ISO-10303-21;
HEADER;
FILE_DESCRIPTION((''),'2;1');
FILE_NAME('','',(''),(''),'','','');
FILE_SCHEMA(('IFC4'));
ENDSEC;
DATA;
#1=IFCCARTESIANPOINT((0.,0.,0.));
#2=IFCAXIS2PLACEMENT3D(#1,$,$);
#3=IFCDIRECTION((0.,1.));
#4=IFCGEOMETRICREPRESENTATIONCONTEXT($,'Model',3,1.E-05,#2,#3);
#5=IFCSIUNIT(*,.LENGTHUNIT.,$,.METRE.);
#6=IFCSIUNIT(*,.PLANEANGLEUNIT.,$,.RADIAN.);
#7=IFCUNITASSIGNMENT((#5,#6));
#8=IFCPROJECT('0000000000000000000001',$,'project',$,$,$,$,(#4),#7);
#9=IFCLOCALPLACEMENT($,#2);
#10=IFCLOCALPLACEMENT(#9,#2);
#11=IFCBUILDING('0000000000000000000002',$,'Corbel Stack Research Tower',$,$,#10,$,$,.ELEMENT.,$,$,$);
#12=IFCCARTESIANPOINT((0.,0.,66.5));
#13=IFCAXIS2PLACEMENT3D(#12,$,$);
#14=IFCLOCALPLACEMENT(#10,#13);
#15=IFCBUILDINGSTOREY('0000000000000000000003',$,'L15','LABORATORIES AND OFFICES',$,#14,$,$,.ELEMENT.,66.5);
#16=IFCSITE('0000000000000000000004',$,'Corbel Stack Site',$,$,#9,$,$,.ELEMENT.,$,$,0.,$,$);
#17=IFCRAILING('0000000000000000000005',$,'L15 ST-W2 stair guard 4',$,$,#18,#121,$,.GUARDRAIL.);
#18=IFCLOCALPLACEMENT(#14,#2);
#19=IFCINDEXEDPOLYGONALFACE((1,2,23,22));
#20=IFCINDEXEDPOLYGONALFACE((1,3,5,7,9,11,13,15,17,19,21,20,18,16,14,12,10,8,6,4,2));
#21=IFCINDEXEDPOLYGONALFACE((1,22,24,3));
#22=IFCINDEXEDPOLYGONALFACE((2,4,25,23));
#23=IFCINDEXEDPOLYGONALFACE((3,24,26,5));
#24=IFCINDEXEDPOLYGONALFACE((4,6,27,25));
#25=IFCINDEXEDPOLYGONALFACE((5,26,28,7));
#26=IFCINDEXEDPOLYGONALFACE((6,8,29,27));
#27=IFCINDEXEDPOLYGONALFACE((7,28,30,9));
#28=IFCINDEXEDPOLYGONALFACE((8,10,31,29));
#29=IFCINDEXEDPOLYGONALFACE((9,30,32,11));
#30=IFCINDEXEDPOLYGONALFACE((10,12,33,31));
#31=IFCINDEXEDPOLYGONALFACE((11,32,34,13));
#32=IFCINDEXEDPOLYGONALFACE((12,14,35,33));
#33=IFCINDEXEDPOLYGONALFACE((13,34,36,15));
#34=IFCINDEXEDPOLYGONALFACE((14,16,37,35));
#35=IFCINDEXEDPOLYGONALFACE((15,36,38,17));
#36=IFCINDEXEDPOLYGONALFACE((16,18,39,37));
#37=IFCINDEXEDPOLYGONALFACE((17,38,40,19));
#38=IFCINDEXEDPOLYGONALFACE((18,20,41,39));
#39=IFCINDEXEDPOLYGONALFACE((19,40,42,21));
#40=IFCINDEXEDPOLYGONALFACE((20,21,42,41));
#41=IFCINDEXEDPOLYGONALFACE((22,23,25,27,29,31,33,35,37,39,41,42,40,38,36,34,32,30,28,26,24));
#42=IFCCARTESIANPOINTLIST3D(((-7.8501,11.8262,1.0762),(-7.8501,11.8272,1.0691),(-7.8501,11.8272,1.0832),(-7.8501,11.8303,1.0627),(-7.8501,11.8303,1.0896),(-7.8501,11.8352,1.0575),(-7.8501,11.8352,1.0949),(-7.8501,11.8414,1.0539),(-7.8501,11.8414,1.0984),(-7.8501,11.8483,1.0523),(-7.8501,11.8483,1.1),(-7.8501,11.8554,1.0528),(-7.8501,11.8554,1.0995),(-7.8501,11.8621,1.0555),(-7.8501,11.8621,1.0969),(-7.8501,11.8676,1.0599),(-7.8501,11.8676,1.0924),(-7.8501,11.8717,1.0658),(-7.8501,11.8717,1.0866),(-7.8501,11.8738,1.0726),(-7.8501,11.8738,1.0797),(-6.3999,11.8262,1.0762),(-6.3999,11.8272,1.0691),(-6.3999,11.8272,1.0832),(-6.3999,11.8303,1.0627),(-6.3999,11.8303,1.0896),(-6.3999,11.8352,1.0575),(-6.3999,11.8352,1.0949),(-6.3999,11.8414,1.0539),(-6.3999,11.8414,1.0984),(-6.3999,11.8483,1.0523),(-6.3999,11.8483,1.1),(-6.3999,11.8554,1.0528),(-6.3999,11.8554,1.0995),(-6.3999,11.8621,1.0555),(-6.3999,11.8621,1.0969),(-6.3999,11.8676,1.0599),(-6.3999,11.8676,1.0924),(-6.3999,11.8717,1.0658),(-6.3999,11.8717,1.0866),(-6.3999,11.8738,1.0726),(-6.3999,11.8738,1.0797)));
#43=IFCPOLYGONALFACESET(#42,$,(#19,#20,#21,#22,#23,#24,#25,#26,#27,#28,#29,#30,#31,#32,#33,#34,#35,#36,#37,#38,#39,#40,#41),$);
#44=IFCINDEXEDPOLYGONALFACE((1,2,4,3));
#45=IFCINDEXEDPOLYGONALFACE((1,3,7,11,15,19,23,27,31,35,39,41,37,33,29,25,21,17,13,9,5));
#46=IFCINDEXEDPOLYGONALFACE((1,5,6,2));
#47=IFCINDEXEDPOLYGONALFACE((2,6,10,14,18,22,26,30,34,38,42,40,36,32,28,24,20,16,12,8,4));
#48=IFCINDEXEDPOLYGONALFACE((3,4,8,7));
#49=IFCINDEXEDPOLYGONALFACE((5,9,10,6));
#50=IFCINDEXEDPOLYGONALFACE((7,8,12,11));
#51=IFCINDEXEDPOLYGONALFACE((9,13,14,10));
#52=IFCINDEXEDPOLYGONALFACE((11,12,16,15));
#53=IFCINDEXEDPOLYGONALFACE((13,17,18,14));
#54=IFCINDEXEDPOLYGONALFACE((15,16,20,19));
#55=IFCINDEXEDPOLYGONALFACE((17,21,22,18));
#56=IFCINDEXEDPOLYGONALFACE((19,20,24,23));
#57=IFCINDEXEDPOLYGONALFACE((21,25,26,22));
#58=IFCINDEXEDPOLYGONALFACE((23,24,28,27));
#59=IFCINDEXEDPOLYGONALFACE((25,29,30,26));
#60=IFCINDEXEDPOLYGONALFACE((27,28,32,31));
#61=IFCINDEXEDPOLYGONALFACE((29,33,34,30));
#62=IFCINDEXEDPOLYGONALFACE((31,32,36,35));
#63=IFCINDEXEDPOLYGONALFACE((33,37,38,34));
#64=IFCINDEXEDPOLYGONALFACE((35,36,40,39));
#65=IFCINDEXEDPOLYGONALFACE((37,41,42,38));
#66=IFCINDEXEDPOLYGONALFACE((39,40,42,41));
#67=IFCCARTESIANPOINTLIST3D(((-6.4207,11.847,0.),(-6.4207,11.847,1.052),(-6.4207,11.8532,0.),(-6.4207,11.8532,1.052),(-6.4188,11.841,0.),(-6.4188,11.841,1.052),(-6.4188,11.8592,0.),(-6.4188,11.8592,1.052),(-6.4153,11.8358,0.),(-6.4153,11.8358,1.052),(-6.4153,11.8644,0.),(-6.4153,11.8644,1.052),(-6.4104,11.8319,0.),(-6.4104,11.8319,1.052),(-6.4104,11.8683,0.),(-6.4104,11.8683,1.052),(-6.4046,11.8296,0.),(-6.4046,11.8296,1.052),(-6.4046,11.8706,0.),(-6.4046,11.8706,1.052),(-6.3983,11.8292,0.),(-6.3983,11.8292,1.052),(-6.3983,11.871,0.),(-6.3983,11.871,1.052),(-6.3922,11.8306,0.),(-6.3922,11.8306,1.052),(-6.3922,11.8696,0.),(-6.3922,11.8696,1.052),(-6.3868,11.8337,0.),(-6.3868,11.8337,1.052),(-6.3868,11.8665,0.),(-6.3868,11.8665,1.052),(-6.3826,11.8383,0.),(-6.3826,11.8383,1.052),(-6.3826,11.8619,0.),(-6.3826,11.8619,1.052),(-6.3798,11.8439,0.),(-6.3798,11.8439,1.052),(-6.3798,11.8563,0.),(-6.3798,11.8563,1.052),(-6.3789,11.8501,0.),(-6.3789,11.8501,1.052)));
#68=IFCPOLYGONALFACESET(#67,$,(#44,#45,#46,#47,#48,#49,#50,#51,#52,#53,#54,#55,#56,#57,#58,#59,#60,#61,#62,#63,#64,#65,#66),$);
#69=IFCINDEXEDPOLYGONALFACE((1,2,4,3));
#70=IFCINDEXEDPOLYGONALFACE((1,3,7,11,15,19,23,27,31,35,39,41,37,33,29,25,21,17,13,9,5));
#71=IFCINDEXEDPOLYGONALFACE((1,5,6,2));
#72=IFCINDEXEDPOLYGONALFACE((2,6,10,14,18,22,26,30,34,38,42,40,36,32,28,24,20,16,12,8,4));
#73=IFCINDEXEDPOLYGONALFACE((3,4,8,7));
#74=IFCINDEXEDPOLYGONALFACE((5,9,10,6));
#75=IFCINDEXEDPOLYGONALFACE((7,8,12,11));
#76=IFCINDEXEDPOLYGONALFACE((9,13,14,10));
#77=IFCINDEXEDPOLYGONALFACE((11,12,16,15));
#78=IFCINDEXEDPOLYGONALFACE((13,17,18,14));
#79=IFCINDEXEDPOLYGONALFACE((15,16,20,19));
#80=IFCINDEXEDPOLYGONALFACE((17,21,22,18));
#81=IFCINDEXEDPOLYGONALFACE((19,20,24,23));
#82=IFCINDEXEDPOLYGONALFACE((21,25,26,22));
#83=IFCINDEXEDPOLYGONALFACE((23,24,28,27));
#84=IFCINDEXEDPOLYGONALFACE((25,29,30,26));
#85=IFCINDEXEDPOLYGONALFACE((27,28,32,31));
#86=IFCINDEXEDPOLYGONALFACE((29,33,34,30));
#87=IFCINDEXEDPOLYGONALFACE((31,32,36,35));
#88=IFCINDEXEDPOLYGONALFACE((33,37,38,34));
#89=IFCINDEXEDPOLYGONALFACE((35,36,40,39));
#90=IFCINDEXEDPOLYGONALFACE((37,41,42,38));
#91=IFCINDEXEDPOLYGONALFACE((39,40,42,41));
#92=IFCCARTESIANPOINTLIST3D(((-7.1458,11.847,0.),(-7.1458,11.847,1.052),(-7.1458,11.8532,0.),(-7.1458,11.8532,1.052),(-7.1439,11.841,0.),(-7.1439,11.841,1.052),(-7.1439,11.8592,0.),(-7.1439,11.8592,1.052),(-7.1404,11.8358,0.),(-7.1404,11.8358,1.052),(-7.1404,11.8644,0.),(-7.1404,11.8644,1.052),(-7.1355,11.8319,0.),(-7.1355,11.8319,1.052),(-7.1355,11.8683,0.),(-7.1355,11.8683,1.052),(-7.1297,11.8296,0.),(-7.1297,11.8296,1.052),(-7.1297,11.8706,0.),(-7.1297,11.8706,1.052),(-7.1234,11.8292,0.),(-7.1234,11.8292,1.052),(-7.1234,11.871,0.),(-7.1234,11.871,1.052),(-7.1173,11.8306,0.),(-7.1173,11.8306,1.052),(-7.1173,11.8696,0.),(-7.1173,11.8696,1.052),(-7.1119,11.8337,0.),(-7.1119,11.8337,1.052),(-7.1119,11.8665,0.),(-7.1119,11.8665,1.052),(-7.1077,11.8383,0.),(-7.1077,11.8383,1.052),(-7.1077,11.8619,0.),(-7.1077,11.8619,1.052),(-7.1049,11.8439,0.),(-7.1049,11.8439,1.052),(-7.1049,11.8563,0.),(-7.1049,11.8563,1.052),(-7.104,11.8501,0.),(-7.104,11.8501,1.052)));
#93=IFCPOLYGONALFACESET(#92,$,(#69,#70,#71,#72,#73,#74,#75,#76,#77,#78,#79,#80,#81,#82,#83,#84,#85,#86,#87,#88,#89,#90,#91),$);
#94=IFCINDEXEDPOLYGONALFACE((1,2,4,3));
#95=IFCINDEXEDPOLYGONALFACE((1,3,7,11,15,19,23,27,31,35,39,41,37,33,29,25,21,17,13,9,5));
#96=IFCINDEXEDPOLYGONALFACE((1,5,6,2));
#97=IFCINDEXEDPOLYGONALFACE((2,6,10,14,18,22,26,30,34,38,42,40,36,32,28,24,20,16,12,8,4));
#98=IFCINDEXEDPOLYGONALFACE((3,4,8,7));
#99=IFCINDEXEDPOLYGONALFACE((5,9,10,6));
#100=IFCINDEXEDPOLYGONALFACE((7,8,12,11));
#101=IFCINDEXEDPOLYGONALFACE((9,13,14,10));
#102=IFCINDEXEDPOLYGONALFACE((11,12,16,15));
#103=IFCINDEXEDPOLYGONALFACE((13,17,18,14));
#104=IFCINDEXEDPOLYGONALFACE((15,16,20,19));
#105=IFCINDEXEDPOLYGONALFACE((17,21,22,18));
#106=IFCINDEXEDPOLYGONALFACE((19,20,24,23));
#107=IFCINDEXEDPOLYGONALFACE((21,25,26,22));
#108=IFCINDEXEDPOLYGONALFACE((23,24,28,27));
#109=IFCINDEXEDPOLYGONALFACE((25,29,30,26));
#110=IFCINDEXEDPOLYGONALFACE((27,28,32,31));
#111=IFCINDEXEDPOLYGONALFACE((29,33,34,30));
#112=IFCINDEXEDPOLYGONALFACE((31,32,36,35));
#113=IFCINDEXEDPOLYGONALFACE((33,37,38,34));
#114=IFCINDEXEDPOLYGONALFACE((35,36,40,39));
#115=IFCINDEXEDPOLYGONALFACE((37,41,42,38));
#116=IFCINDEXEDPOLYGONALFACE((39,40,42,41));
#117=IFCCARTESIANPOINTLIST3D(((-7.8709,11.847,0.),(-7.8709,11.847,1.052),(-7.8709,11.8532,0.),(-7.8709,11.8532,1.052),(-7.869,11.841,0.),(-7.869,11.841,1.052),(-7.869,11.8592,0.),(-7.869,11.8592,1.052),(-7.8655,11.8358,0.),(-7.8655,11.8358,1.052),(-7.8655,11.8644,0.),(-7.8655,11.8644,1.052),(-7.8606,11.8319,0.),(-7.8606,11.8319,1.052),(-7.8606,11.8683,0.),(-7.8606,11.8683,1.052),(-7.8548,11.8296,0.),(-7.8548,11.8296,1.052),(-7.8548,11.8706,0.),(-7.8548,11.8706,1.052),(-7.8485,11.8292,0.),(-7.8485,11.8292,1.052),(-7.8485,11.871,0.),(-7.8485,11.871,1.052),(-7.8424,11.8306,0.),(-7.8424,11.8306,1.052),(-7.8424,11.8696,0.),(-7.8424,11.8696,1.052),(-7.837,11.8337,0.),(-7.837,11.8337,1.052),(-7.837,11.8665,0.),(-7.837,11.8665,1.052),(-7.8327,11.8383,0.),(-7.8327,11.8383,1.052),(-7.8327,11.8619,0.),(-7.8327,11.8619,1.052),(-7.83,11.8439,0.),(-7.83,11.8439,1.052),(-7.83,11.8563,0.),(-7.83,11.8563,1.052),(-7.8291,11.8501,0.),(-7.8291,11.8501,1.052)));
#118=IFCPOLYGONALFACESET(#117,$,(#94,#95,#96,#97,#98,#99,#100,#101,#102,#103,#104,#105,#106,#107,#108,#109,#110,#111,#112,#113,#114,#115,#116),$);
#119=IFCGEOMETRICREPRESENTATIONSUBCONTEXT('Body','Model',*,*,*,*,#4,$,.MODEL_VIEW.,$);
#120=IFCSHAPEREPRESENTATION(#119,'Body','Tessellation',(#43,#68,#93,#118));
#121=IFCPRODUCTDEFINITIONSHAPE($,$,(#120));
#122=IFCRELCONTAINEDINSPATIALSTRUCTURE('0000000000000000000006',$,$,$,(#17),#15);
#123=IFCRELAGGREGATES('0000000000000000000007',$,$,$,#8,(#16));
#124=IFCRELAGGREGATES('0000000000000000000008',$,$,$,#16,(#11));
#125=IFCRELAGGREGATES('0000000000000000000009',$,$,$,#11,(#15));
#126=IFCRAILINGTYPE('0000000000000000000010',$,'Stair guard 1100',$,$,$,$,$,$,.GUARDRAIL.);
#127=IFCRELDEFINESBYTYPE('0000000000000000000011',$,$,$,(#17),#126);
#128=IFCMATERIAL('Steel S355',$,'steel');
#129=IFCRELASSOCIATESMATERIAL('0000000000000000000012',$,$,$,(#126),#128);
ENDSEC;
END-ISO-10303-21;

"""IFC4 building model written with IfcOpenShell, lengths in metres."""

from ifc_helpers import new_model, si_unit, direction, frame, origin, origin_2d, place, context, subcontext, project, spatial, circle, extrude, material, type_object, element, save


model = new_model("IFC4")

# Units and contexts
model_context = context("Model", 3, precision=1e-05, world=origin(), true_north=direction((0.0, 1.0)))
body_context = subcontext(model_context, "Body", "Model", "MODEL_VIEW")
ifc_project = project(units=[si_unit("LENGTHUNIT", "METRE"), si_unit("PLANEANGLEUNIT", "RADIAN")], contexts=[model_context])

# Site, building, storey
site_placement = place(None, origin())
site = spatial("IfcSite", under=ifc_project, at=site_placement, Name="Corbel Stack Site", CompositionType="ELEMENT", RefElevation=0.0)
building_placement = place(site_placement, origin())
building = spatial("IfcBuilding", under=site, at=building_placement, Name="Corbel Stack Research Tower", CompositionType="ELEMENT")
storey_placement = place(building_placement, frame((0.0, 0.0, 66.5)))
storey = spatial("IfcBuildingStorey", under=building, at=storey_placement, Name="L15", Description="LABORATORIES AND OFFICES", CompositionType="ELEMENT", Elevation=66.5)

# Railing
ifc_material_1 = material(Name="Steel S355", Category="steel")
railing_type_1 = type_object("IfcRailingType", Name="Stair guard 1100", PredefinedType="GUARDRAIL", material=ifc_material_1)
railing_1_placement = place(storey_placement, frame((-6.3999, 11.8501, 0.0)))
element("IfcRailing", 1, at=railing_1_placement, inside=storey, type_object=railing_type_1, Name="L15 ST-W2 stair guard 4", PredefinedType="GUARDRAIL", context=body_context, shape_type="SweptSolid", body=[
    extrude(circle(Radius=0.0239, at=origin_2d()), frame((0.0, 0.0, 1.0762), z_axis=(-1.0, 0.0, 0.0), x_axis=(0.0, -1.0, 0.0)), (0.0, 0.0, 1.0), 1.4502),
    extrude(circle(Radius=0.021, at=origin_2d()), origin(), (0.0, 0.0, 1.0), 1.052),
    extrude(circle(Radius=0.021, at=origin_2d()), frame((-0.7251, 0.0, 0.0)), (0.0, 0.0, 1.0), 1.052),
    extrude(circle(Radius=0.021, at=origin_2d()), frame((-1.4502, 0.0, 0.0)), (0.0, 0.0, 1.0), 1.052),
])

save(model, "model.ifc")
